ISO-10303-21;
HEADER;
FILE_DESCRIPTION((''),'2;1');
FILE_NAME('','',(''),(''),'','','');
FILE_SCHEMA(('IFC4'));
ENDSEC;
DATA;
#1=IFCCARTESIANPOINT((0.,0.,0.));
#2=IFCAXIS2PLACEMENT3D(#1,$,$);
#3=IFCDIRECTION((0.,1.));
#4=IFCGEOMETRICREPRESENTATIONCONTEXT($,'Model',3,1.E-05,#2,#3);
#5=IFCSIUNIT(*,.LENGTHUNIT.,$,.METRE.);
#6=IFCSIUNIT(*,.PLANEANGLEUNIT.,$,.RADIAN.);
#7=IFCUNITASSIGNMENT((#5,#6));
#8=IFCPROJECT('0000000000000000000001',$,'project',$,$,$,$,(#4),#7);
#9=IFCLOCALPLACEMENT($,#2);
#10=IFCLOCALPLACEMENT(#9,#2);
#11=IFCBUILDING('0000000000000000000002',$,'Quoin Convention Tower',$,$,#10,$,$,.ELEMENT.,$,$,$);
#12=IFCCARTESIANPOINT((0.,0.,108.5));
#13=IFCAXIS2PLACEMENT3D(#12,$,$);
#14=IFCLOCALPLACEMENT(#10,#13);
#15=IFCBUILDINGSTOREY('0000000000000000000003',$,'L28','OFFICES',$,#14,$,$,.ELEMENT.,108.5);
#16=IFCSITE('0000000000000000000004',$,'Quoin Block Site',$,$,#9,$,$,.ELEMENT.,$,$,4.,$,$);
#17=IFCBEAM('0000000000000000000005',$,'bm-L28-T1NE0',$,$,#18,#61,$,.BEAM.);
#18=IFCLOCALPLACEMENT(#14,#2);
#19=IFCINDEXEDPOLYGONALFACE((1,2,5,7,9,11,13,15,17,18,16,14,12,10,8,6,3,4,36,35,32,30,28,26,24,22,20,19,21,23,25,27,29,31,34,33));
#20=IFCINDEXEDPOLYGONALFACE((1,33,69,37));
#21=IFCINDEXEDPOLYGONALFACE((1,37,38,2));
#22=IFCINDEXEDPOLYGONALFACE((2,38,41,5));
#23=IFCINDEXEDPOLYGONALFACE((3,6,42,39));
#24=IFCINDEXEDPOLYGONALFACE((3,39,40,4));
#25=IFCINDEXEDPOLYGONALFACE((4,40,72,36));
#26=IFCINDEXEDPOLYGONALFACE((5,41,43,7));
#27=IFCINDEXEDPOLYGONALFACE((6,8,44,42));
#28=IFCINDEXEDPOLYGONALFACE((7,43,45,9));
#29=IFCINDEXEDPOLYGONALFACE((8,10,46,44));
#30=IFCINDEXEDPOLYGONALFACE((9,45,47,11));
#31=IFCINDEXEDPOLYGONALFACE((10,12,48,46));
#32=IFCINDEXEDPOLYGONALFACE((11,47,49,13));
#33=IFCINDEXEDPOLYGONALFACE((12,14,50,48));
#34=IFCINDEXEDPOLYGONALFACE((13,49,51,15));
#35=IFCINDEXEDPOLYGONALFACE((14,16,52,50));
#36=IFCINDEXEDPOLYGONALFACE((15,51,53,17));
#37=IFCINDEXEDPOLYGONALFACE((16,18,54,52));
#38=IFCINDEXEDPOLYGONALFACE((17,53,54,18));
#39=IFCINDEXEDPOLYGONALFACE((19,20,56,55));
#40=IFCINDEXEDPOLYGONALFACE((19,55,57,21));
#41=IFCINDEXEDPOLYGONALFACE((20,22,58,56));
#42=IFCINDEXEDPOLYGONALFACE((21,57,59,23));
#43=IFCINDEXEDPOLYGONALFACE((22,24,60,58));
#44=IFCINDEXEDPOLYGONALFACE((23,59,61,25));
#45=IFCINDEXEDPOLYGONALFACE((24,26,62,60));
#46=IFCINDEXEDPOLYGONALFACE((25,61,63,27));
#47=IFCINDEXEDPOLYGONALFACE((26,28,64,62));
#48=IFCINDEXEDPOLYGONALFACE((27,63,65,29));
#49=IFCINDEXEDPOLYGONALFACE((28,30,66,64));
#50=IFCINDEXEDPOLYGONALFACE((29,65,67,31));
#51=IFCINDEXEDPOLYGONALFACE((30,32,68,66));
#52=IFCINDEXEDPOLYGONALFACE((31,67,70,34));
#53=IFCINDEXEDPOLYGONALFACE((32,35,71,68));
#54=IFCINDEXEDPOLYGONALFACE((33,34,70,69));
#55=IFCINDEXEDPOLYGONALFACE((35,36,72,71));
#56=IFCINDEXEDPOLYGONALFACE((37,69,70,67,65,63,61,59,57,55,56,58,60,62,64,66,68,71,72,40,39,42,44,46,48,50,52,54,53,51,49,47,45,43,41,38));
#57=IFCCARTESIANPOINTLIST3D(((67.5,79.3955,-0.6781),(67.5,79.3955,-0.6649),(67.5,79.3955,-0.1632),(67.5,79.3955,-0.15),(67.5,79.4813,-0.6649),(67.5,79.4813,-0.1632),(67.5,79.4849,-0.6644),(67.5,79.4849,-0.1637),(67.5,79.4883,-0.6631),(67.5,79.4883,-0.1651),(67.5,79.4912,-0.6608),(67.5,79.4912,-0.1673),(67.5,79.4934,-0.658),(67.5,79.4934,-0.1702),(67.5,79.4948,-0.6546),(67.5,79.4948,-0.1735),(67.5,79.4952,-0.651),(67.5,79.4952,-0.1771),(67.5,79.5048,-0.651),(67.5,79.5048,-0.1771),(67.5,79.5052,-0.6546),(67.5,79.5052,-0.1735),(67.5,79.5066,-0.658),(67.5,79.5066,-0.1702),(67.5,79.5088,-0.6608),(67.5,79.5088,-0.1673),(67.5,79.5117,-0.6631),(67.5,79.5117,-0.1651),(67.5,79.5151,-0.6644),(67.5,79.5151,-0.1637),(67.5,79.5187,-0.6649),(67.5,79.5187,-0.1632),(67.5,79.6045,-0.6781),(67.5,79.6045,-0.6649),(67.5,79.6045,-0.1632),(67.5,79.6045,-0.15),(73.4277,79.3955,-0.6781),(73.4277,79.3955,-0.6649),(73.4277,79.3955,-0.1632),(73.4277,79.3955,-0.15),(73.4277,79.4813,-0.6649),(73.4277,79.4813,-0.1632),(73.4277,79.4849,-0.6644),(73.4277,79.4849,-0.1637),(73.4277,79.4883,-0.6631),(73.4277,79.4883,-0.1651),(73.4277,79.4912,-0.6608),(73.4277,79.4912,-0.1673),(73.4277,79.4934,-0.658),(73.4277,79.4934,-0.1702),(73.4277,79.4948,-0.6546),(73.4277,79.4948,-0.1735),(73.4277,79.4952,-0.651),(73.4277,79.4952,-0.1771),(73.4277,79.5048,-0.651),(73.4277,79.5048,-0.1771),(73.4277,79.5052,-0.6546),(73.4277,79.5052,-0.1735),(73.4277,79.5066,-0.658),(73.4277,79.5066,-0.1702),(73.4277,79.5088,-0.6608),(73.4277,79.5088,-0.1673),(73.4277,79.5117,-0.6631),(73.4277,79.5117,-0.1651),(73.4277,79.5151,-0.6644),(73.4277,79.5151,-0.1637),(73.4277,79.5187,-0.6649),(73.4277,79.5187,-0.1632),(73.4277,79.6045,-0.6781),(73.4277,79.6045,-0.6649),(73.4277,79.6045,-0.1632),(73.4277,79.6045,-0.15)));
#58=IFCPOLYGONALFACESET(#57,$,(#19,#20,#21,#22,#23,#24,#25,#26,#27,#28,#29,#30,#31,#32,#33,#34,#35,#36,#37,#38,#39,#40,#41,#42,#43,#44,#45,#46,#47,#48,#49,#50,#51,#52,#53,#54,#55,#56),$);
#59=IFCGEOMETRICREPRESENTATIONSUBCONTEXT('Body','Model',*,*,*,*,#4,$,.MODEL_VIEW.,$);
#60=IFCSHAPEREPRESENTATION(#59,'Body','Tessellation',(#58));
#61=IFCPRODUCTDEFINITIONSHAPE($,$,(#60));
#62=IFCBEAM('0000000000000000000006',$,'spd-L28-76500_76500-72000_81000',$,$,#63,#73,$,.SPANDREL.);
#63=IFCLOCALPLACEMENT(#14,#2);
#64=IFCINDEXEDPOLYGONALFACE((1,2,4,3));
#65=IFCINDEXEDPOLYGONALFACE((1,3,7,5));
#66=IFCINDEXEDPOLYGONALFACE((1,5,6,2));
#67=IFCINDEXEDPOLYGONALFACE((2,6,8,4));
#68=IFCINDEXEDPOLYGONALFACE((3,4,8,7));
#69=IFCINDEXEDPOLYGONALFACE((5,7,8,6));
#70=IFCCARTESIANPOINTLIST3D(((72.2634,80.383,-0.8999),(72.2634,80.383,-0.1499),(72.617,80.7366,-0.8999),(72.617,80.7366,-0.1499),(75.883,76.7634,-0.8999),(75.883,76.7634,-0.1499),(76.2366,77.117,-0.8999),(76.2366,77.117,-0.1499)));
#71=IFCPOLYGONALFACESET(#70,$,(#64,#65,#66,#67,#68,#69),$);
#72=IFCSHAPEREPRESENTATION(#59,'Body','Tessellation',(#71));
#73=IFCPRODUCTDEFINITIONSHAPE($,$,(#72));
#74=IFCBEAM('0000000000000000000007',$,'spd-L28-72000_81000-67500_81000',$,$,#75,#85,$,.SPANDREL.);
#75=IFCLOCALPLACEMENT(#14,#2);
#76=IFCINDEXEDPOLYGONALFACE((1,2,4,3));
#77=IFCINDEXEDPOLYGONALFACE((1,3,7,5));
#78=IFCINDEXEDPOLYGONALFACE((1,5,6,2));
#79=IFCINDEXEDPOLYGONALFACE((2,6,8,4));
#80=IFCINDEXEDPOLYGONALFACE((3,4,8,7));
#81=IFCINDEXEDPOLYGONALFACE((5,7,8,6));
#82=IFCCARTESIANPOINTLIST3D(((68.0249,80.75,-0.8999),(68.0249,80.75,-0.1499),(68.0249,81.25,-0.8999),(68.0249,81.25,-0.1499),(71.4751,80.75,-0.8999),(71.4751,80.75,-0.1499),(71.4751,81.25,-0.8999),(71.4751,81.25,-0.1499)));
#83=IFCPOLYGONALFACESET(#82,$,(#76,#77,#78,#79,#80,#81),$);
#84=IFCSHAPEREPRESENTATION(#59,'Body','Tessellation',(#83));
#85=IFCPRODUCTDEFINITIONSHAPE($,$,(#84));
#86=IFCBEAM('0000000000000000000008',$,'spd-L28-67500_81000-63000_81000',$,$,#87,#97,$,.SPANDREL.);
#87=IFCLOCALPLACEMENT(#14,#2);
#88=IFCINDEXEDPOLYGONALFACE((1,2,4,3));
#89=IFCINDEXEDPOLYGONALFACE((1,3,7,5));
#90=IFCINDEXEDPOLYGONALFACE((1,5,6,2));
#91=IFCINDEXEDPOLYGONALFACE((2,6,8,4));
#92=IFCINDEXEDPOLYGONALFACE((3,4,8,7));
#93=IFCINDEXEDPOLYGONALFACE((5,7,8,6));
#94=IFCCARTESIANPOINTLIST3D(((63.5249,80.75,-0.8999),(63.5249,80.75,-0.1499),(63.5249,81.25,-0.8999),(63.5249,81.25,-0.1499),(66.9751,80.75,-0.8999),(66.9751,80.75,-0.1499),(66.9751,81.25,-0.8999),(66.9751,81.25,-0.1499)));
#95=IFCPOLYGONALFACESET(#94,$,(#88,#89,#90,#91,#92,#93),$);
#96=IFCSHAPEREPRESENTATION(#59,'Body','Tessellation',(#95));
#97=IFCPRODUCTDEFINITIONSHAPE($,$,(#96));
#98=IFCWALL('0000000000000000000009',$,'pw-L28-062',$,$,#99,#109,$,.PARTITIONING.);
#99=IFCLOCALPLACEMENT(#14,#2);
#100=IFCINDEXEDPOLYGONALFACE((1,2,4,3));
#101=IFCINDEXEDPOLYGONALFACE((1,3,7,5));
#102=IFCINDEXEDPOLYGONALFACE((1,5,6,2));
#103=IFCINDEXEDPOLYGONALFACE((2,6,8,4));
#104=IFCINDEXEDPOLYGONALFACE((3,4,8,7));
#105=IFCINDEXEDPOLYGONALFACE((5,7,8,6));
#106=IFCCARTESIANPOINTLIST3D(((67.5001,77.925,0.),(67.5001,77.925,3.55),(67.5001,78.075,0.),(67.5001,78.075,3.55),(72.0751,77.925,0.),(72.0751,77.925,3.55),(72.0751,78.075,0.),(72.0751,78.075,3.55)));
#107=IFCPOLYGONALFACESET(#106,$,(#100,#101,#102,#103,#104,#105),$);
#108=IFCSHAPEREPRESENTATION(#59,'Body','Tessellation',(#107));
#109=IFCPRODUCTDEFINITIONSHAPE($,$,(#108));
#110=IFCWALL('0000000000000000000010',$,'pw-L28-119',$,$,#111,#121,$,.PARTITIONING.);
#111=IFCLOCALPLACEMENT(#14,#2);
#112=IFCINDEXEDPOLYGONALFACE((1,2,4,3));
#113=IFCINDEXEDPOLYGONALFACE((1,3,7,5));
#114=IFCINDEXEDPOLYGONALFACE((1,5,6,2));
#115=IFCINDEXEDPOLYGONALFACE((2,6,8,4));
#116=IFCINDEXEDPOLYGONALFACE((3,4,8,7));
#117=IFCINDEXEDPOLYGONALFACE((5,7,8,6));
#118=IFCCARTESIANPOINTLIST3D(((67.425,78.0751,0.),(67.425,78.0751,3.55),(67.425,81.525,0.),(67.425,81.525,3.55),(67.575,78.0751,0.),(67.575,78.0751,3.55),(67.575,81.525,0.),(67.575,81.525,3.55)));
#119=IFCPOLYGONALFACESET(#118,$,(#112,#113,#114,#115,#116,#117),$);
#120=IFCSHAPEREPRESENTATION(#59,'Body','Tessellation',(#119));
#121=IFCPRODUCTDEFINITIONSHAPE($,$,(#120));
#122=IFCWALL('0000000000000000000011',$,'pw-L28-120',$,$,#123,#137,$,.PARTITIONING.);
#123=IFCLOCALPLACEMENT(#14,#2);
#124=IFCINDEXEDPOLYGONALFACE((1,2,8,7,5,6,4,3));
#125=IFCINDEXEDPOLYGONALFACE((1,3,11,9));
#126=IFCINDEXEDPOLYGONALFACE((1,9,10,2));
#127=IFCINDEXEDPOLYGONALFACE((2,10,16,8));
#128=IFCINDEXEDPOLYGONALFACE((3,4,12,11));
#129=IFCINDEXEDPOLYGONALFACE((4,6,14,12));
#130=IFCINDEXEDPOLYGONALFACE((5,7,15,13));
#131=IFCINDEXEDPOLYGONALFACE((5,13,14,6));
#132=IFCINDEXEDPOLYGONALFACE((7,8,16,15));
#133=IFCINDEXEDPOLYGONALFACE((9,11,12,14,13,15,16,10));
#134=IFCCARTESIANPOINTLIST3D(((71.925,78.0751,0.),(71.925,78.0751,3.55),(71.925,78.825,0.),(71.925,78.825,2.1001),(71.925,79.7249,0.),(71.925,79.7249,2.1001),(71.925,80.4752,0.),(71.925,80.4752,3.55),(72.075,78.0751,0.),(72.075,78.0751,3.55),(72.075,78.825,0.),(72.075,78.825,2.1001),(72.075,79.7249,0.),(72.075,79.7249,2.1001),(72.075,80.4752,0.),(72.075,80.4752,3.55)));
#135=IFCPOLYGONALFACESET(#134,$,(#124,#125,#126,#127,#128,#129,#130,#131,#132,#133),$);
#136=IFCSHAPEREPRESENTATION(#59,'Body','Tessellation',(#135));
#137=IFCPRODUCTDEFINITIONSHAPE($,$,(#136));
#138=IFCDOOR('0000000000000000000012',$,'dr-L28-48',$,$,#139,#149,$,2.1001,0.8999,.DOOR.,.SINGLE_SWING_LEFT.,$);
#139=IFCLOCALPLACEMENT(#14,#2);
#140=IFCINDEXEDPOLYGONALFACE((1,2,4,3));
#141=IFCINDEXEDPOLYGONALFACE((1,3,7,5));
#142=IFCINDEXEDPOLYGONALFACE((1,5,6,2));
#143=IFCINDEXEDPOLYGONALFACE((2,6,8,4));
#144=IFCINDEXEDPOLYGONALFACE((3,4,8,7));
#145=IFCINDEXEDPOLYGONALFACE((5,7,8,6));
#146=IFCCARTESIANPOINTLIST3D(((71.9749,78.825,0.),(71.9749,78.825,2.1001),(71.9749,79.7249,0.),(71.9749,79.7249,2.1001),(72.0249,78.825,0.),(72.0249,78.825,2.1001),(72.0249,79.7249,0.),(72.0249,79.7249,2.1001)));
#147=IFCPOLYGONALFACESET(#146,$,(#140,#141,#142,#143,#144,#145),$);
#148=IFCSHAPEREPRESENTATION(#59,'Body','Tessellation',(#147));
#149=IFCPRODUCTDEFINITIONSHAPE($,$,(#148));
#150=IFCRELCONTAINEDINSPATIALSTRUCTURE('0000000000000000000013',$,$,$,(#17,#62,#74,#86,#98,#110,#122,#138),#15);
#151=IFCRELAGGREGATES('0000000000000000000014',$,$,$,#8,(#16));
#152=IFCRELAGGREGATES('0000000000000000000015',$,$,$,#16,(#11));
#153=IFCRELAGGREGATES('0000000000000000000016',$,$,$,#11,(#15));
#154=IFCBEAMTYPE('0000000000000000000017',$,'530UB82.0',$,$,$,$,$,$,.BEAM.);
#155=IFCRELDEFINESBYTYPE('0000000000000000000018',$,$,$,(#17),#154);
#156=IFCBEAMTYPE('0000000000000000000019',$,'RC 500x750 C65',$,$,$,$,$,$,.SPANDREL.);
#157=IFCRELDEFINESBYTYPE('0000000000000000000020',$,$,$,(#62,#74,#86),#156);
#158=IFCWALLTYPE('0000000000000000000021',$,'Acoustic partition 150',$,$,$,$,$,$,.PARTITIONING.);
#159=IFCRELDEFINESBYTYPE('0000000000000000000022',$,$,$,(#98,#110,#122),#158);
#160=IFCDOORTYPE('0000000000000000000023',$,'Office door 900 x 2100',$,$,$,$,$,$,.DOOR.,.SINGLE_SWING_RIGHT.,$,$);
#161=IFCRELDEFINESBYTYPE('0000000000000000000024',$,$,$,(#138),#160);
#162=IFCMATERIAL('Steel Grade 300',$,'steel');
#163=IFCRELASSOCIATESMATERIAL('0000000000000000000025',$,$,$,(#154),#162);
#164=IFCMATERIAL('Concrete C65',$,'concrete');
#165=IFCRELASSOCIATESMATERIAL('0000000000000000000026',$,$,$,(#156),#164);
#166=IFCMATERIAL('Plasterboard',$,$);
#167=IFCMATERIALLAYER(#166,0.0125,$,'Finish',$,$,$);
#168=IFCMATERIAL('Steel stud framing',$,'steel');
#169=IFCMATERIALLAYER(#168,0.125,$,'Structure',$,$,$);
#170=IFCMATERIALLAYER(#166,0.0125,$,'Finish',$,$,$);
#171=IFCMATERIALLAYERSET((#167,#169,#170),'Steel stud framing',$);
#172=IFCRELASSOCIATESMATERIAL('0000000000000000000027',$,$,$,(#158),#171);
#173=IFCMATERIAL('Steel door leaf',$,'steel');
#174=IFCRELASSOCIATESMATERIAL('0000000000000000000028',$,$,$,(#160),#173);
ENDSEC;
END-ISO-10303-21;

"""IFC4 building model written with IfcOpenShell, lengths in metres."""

from ifc_helpers import new_model, si_unit, direction, frame, frame_2d, origin, origin_2d, place, context, subcontext, project, spatial, rectangle, i_section, extrude, material, layer, layer_set, material_profile, profile_set, type_object, element, fill, save


model = new_model("IFC4")

# Units and contexts
model_context = context("Model", 3, precision=1e-05, world=origin(), true_north=direction((0.0, 1.0)))
body_context = subcontext(model_context, "Body", "Model", "MODEL_VIEW")
ifc_project = project(units=[si_unit("LENGTHUNIT", "METRE"), si_unit("PLANEANGLEUNIT", "RADIAN")], contexts=[model_context])

# Site, building, storey
site_placement = place(None, origin())
site = spatial("IfcSite", under=ifc_project, at=site_placement, Name="Quoin Block Site", CompositionType="ELEMENT", RefElevation=4.0)
building_placement = place(site_placement, origin())
building = spatial("IfcBuilding", under=site, at=building_placement, Name="Quoin Convention Tower", CompositionType="ELEMENT")
storey_placement = place(building_placement, frame((0.0, 0.0, 108.5)))
storey = spatial("IfcBuildingStorey", under=building, at=storey_placement, Name="L28", Description="OFFICES", CompositionType="ELEMENT", Elevation=108.5)

# Shared definitions
ifc_material_1 = material(Name="Concrete C65", Category="concrete")

# Beams
ifc_material_2 = material(Name="Steel Grade 300", Category="steel")
ifc_material_profile_1 = material_profile(ifc_material_2, i_section(OverallWidth=0.209, OverallDepth=0.5281, WebThickness=0.0095, FlangeThickness=0.0132, FilletRadius=0.0139, at=origin_2d()), Name="530UB82.0")
ifc_profile_set_1 = profile_set([ifc_material_profile_1], Name="Steel Grade 300")
beam_type_1 = type_object("IfcBeamType", Name="530UB82.0", PredefinedType="BEAM", material=ifc_profile_set_1)
beam_1_placement = place(storey_placement, frame((67.5, 79.5, -0.4141), z_axis=(1.0, 0.0, 0.0), x_axis=(0.0, 1.0, 0.0)))
element("IfcBeam", 1, at=beam_1_placement, inside=storey, type_object=beam_type_1, Name="bm-L28-T1NE0", PredefinedType="BEAM", context=body_context, shape_type="SweptSolid", body=[
    extrude(i_section(OverallWidth=0.209, OverallDepth=0.5281, WebThickness=0.0095, FlangeThickness=0.0132, FilletRadius=0.0139, at=origin_2d()), origin(), (0.0, 0.0, 1.0), 5.9277),
])
ifc_material_profile_2 = material_profile(ifc_material_1, rectangle(XDim=0.5, YDim=0.75, at=origin_2d()), Name="RC 500x750")
ifc_profile_set_2 = profile_set([ifc_material_profile_2], Name="Concrete C65")
beam_type_2 = type_object("IfcBeamType", Name="RC 500x750 C65", PredefinedType="SPANDREL", material=ifc_profile_set_2)
beam_2_placement = place(storey_placement, frame((76.0598, 76.9402, -0.5249), z_axis=(-0.707107, 0.707107, 0.0), x_axis=(-0.707107, -0.707107, 0.0)))
element("IfcBeam", 2, at=beam_2_placement, inside=storey, type_object=beam_type_2, Name="spd-L28-76500_76500-72000_81000", PredefinedType="SPANDREL", context=body_context, shape_type="SweptSolid", body=[
    extrude(rectangle(XDim=0.5, YDim=0.75, at=origin_2d()), origin(), (0.0, 0.0, 1.0), 5.1189),
])
for number, where, z_axis, x_axis, name in (
    (3, (71.4751, 81.0, -0.5249), (-1.0, 0.0, 0.0), (0.0, -1.0, 0.0), "spd-L28-72000_81000-67500_81000"),
    (4, (66.9751, 81.0, -0.5249), (-1.0, 0.0, 0.0), (0.0, -1.0, 0.0), "spd-L28-67500_81000-63000_81000"),
):
    element("IfcBeam", number, at=place(storey_placement, frame(where, z_axis=z_axis, x_axis=x_axis)), inside=storey, type_object=beam_type_2, Name=name, PredefinedType="SPANDREL", context=body_context, shape_type="SweptSolid", body=[
        extrude(rectangle(XDim=0.5, YDim=0.75, at=origin_2d()), origin(), (0.0, 0.0, 1.0), 3.4502),
    ])

# Walls
ifc_material_3 = material(Name="Plasterboard")
ifc_layer_1 = layer(ifc_material_3, 0.0125, Name="Finish")
ifc_material_4 = material(Name="Steel stud framing", Category="steel")
ifc_layer_2 = layer(ifc_material_4, 0.125, Name="Structure")
ifc_layer_3 = layer(ifc_material_3, 0.0125, Name="Finish")
ifc_layer_set_1 = layer_set([ifc_layer_1, ifc_layer_2, ifc_layer_3], Name="Steel stud framing")
wall_type_1 = type_object("IfcWallType", Name="Acoustic partition 150", PredefinedType="PARTITIONING", material=ifc_layer_set_1)
wall_1_placement = place(storey_placement, frame((67.5, 78.0, 0.0), z_axis=(0.0, 0.0, 1.0), x_axis=(1.0, 0.0, 0.0)))
element("IfcWall", 5, at=wall_1_placement, inside=storey, type_object=wall_type_1, Name="pw-L28-062", PredefinedType="PARTITIONING", context=body_context, shape_type="SweptSolid", body=[
    extrude(rectangle(XDim=4.575, YDim=0.1499, at=frame_2d((2.2876, 0.0))), origin(), (0.0, 0.0, 1.0), 3.55),
])
wall_2_placement = place(storey_placement, frame((67.5, 78.075, 0.0), z_axis=(0.0, 0.0, 1.0), x_axis=(0.0, 1.0, 0.0)))
element("IfcWall", 6, at=wall_2_placement, inside=storey, type_object=wall_type_1, Name="pw-L28-119", PredefinedType="PARTITIONING", context=body_context, shape_type="SweptSolid", body=[
    extrude(rectangle(XDim=3.45, YDim=0.1499, at=frame_2d((1.7251, 0.0))), origin(), (0.0, 0.0, 1.0), 3.55),
])

# Wall, opening, door
wall_3_placement = place(storey_placement, frame((72.0, 78.075, 0.0), z_axis=(0.0, 0.0, 1.0), x_axis=(0.0, 1.0, 0.0)))
wall_3 = element("IfcWall", 7, at=wall_3_placement, inside=storey, type_object=wall_type_1, Name="pw-L28-120", PredefinedType="PARTITIONING", context=body_context, shape_type="SweptSolid", body=[
    extrude(rectangle(XDim=2.4001, YDim=0.1499, at=frame_2d((1.2002, 0.0))), origin(), (0.0, 0.0, 1.0), 3.55),
])
opening_1_placement = place(wall_3_placement, frame((0.75, 0.0, 0.0)))
opening_1 = element("IfcOpeningElement", 8, at=opening_1_placement, cuts=wall_3, PredefinedType="OPENING", context=body_context, shape_type="SweptSolid", body=[
    extrude(rectangle(XDim=0.8999, YDim=2.1001, at=frame_2d((0.45, 1.05))), frame((0.0, 0.085, 0.0), z_axis=(0.0, -1.0, 0.0), x_axis=(1.0, 0.0, 0.0)), (0.0, 0.0, 1.0), 0.1699),
])
ifc_material_5 = material(Name="Steel door leaf", Category="steel")
door_type = type_object("IfcDoorType", Name="Office door 900 x 2100", OperationType="SINGLE_SWING_RIGHT", PredefinedType="DOOR", material=ifc_material_5)
door_placement = place(opening_1_placement, frame((0.8999, 0.0, 0.0), z_axis=(0.0, 0.0, 1.0), x_axis=(-1.0, 0.0, 0.0)))
door = element("IfcDoor", 9, at=door_placement, inside=storey, type_object=door_type, Name="dr-L28-48", OperationType="SINGLE_SWING_LEFT", OverallHeight=2.1001, OverallWidth=0.8999, PredefinedType="DOOR", context=body_context, shape_type="SweptSolid", body=[
    extrude(rectangle(XDim=0.8999, YDim=2.1001, at=frame_2d((0.45, 1.05))), frame((0.0, 0.0249, 0.0), z_axis=(0.0, -1.0, 0.0), x_axis=(1.0, 0.0, 0.0)), (0.0, 0.0, 1.0), 0.05),
])
fill(opening_1, door)

save(model, "model.ifc")
